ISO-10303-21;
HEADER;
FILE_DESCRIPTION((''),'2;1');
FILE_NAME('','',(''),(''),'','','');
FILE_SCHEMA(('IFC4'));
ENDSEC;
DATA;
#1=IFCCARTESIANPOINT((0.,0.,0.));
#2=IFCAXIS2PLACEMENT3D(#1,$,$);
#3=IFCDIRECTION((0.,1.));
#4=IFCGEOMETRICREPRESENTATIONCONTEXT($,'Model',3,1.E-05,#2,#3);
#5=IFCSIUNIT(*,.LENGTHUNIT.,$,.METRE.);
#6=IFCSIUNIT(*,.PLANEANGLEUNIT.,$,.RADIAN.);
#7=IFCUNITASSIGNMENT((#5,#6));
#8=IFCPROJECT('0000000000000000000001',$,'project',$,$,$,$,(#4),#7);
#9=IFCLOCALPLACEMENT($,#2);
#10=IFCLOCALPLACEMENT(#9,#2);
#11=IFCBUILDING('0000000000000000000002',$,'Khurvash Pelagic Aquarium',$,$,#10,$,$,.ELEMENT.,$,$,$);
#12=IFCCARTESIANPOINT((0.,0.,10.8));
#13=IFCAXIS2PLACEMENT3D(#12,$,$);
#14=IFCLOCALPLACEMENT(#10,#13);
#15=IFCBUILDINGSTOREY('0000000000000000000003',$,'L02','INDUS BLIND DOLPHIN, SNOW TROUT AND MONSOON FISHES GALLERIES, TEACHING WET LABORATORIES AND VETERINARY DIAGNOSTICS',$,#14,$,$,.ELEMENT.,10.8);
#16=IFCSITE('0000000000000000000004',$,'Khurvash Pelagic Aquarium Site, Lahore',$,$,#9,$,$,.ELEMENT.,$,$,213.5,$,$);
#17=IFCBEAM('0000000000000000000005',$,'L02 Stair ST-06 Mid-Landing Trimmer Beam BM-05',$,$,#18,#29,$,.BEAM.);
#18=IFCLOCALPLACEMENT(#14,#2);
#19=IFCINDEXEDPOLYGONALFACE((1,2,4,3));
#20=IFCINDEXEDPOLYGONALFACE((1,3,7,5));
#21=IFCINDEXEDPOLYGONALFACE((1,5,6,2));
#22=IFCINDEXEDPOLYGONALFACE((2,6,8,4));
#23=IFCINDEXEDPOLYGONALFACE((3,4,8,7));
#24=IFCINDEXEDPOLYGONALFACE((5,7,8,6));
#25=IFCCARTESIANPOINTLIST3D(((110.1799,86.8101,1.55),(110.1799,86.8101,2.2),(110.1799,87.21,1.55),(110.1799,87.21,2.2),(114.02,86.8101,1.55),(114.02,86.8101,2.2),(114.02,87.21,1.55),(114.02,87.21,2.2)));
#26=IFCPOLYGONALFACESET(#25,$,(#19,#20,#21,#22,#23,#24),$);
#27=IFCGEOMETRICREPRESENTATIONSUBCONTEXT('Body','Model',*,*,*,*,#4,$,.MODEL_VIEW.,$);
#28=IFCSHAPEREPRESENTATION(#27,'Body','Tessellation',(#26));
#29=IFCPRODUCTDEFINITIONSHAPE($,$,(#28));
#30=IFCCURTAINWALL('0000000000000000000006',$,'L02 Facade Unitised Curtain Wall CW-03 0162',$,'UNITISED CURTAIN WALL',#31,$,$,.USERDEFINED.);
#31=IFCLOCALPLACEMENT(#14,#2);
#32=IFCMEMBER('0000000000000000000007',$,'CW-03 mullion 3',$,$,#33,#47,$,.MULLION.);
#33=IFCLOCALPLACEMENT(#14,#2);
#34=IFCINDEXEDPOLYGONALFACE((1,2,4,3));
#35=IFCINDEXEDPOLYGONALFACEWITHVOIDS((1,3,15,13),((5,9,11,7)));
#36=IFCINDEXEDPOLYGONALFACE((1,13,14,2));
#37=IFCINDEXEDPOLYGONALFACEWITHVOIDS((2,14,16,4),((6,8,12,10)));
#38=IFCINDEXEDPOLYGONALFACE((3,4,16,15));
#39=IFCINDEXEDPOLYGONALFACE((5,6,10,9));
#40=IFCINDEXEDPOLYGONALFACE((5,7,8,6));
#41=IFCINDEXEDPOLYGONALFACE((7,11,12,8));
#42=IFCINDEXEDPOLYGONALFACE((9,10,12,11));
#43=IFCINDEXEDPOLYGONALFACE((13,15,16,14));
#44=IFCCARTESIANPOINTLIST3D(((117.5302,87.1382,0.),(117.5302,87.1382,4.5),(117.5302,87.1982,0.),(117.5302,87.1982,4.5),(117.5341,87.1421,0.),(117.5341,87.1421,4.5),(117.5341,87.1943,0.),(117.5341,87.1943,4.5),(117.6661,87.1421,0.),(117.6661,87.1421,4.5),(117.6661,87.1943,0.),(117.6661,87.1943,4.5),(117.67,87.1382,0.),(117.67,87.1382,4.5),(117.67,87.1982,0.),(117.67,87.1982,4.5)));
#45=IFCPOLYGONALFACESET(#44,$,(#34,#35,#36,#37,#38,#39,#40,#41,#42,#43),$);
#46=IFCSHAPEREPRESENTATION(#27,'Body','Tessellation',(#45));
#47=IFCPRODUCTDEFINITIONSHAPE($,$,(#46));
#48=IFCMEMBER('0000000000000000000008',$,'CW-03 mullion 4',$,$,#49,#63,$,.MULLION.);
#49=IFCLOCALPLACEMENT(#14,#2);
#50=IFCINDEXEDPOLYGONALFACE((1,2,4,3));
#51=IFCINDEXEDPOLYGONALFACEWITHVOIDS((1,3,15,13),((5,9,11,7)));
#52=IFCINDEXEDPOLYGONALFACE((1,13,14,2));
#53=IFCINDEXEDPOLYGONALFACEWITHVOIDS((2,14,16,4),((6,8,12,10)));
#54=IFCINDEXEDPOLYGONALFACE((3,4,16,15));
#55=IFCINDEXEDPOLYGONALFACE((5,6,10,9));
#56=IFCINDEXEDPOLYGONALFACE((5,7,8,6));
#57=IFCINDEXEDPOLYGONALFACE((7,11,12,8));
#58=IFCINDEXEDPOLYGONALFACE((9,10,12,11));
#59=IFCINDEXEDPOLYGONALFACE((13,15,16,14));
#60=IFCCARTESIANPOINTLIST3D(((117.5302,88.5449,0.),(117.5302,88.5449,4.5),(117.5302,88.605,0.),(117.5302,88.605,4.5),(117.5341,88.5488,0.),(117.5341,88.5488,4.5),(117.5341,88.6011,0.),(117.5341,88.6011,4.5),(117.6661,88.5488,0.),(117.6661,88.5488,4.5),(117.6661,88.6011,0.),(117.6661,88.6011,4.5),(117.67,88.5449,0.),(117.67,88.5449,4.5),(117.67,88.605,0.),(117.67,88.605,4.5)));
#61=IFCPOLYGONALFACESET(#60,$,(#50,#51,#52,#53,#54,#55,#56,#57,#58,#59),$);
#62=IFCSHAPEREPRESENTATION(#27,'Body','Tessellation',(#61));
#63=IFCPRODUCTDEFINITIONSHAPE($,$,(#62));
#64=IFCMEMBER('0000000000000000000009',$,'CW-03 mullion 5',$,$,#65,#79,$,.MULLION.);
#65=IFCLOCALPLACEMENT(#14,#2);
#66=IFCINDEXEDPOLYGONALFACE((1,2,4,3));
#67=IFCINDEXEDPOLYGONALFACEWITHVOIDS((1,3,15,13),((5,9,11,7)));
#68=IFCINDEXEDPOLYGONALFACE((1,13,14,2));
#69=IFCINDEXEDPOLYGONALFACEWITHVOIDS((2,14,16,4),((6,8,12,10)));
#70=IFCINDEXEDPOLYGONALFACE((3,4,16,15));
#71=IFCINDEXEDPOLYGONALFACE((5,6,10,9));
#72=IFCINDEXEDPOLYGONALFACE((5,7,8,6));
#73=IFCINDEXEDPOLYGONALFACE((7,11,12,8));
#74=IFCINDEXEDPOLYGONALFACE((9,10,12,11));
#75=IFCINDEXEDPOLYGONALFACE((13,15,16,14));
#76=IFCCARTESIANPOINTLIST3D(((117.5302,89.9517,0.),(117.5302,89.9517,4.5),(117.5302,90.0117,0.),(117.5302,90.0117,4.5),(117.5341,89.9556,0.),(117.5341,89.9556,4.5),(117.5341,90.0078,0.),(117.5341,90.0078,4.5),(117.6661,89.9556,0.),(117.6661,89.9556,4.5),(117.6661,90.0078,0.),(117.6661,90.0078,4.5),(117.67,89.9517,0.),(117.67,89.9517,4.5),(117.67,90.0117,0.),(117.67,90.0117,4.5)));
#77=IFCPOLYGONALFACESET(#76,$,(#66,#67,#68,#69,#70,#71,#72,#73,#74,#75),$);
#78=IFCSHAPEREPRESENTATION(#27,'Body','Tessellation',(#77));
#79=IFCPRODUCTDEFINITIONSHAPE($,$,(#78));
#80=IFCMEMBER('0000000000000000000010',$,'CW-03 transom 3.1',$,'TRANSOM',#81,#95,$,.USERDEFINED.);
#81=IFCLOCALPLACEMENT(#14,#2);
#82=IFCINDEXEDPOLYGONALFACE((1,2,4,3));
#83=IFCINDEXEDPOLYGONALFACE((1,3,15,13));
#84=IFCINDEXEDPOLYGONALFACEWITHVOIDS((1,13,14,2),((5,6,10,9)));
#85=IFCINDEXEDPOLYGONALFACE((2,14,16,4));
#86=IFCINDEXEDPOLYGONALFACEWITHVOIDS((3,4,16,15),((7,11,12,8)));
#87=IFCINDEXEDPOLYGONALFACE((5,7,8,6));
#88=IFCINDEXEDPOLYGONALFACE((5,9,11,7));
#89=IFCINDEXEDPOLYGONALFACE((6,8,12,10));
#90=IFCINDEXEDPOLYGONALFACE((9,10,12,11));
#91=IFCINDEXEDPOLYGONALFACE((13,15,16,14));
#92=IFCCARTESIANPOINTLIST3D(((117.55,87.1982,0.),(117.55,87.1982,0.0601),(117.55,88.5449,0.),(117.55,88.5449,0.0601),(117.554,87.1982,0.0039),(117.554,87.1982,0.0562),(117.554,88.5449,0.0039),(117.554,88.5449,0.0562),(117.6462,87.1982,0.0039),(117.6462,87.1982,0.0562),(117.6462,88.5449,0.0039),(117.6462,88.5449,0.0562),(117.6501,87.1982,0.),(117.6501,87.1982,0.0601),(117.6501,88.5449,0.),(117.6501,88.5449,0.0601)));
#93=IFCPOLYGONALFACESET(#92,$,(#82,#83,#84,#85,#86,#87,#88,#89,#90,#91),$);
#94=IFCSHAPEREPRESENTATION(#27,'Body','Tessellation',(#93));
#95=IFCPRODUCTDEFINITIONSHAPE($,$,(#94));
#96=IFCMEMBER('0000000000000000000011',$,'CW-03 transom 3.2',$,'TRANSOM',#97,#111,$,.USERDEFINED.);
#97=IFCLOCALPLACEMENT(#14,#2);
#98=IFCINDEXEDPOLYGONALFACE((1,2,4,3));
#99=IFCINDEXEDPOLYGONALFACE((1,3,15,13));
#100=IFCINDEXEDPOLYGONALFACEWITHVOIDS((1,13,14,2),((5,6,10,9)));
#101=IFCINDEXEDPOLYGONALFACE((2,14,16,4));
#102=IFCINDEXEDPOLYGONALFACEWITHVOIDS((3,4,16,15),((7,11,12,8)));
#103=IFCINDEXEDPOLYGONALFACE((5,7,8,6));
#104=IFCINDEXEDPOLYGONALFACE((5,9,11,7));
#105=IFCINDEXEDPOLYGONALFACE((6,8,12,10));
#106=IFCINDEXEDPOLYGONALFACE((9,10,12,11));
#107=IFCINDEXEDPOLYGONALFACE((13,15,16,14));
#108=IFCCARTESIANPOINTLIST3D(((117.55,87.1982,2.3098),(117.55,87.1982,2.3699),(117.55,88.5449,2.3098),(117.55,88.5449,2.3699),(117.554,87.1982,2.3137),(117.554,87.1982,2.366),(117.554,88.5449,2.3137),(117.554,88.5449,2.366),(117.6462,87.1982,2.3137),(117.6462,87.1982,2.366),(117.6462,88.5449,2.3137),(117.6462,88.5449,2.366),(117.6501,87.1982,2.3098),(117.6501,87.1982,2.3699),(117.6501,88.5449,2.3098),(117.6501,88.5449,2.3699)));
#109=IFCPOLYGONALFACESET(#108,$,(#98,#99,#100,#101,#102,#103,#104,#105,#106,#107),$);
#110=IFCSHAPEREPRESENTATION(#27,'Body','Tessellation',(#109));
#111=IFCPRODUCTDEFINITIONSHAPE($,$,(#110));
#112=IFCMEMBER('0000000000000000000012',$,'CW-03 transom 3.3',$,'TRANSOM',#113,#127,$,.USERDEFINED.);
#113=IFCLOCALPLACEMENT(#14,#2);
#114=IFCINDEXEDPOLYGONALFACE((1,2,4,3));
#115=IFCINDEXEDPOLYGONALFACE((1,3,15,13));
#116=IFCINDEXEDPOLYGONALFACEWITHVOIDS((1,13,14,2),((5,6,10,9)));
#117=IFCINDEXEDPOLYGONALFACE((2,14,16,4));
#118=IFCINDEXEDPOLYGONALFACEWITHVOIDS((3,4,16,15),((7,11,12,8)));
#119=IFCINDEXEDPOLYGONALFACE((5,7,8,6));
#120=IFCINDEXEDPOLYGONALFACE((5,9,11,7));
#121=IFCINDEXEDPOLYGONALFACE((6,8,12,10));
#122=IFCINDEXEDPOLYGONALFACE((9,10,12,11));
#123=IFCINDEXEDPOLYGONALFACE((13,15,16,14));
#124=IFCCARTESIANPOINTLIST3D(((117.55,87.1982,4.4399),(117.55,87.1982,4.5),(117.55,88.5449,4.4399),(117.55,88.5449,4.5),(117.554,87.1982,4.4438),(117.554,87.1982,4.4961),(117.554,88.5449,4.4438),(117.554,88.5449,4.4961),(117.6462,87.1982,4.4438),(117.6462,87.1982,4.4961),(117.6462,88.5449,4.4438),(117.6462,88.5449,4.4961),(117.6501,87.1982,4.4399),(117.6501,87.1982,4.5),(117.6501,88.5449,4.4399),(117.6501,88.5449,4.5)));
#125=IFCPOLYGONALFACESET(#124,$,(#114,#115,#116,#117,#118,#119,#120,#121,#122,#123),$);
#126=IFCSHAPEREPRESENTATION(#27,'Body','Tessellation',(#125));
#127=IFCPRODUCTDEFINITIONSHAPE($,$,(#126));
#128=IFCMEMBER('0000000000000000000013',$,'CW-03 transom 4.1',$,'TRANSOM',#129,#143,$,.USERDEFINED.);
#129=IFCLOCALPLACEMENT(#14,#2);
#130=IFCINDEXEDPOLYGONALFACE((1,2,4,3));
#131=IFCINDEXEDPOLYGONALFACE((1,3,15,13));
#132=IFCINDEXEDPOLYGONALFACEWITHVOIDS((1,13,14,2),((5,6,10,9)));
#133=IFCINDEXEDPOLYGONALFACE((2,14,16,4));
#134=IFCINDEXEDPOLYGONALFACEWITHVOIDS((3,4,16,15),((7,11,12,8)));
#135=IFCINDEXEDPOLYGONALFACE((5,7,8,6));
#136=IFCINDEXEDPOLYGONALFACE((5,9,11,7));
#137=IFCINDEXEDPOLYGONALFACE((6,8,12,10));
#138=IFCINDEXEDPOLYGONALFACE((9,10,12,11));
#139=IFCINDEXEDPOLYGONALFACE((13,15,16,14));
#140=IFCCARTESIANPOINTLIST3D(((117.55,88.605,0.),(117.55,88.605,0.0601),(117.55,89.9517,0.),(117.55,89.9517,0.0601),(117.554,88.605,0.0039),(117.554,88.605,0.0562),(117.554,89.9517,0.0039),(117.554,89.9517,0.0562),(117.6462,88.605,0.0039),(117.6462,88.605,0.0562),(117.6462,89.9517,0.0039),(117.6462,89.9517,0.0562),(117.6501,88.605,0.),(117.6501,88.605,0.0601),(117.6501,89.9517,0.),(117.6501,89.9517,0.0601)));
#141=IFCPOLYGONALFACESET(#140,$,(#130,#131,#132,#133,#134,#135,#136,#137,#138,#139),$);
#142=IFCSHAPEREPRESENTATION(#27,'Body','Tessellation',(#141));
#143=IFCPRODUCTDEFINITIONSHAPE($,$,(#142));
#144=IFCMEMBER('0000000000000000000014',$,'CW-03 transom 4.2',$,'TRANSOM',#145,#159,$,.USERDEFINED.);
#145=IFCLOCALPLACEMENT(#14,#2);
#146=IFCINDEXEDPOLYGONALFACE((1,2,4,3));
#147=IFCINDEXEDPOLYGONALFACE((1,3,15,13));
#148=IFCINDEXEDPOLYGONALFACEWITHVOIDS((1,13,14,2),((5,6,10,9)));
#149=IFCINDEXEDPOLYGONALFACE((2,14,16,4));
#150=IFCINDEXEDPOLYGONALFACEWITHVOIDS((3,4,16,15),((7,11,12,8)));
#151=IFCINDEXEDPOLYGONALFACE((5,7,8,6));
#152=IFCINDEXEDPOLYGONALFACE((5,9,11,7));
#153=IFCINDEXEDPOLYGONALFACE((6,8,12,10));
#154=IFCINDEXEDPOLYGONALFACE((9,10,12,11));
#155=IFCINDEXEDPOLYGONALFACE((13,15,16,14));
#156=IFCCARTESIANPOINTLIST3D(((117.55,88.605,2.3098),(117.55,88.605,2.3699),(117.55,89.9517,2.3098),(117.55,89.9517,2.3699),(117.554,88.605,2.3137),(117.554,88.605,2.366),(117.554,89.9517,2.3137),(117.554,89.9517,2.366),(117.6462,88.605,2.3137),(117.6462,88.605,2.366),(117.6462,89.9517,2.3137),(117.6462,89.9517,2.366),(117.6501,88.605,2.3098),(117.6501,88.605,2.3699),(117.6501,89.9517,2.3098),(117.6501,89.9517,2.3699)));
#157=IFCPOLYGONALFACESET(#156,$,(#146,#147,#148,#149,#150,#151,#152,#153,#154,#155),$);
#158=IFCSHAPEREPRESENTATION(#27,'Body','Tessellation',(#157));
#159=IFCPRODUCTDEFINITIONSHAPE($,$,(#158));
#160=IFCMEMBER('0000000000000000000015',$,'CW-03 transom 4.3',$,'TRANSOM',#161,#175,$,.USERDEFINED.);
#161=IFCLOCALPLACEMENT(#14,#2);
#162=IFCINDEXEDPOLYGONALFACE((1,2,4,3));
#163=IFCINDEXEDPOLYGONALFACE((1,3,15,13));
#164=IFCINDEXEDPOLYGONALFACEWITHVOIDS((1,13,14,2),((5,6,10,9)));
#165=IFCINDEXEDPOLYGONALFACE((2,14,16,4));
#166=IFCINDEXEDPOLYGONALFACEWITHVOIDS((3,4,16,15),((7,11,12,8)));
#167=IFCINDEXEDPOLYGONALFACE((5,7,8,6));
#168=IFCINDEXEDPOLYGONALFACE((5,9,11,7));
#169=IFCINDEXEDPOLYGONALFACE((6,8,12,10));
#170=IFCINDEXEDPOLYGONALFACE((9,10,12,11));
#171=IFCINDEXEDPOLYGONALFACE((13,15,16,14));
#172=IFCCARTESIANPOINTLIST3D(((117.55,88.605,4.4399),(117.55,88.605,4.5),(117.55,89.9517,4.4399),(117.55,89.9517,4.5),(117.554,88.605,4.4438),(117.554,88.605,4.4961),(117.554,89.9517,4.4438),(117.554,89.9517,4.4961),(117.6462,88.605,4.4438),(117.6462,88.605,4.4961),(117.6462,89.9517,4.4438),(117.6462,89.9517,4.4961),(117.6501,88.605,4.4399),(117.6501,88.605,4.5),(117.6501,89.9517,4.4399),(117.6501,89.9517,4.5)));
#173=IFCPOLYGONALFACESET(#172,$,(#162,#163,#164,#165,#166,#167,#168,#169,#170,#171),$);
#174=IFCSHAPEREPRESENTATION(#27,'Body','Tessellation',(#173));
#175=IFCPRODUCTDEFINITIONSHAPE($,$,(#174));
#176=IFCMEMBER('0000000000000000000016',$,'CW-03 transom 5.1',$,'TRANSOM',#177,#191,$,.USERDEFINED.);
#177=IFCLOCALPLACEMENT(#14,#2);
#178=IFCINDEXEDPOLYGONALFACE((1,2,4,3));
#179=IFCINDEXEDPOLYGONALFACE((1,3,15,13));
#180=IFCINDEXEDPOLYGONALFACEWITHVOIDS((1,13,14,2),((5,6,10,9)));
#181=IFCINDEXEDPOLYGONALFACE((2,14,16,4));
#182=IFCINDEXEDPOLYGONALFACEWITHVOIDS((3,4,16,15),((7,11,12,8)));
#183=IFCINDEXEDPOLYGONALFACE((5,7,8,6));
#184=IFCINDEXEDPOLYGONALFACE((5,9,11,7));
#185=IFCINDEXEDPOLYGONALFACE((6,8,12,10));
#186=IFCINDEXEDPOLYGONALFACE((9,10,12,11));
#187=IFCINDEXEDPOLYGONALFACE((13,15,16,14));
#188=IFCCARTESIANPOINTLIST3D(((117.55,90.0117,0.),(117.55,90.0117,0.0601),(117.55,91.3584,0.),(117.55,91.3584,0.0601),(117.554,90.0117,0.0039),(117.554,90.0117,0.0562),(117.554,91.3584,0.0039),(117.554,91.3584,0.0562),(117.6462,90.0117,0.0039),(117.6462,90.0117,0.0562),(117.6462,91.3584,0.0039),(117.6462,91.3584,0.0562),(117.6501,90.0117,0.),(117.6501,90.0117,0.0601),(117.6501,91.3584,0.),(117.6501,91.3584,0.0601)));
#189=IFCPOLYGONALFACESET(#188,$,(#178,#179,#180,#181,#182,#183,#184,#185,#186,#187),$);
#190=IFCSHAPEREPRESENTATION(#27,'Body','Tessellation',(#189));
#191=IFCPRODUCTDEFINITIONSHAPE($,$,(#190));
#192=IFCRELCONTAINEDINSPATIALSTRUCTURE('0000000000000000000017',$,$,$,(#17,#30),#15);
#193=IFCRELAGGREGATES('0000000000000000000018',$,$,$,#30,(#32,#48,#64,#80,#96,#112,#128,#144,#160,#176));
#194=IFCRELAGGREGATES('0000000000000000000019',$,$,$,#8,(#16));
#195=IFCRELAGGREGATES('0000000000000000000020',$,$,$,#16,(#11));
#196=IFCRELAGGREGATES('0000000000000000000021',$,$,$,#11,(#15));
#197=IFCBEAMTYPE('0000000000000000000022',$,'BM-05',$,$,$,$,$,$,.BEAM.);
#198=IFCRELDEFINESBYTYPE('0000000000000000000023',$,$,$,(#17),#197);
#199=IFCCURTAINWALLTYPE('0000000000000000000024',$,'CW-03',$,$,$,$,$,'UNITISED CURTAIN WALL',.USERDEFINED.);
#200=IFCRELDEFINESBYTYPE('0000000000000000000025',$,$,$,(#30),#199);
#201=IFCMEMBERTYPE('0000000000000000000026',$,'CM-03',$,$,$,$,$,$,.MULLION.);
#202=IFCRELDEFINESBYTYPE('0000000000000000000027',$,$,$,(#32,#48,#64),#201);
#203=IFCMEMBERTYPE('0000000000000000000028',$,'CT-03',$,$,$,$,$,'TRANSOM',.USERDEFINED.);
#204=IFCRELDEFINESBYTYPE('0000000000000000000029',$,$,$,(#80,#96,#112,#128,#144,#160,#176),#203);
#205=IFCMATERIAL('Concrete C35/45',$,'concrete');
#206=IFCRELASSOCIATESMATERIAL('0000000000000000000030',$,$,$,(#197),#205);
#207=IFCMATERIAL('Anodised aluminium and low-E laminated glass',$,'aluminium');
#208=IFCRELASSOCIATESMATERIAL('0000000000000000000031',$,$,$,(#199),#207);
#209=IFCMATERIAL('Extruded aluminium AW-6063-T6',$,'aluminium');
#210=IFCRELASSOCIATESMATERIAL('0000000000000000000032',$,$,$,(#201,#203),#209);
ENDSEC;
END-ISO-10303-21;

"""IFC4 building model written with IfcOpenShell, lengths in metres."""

from ifc_helpers import new_model, si_unit, direction, frame, origin, origin_2d, place, context, subcontext, project, spatial, rectangle, hollow_rectangle, extrude, material, material_profile, profile_set, type_object, element, aggregate, save


model = new_model("IFC4")

# Units and contexts
model_context = context("Model", 3, precision=1e-05, world=origin(), true_north=direction((0.0, 1.0)))
body_context = subcontext(model_context, "Body", "Model", "MODEL_VIEW")
ifc_project = project(units=[si_unit("LENGTHUNIT", "METRE"), si_unit("PLANEANGLEUNIT", "RADIAN")], contexts=[model_context])

# Site, building, storey
site_placement = place(None, origin())
site = spatial("IfcSite", under=ifc_project, at=site_placement, Name="Khurvash Pelagic Aquarium Site, Lahore", CompositionType="ELEMENT", RefElevation=213.5)
building_placement = place(site_placement, origin())
building = spatial("IfcBuilding", under=site, at=building_placement, Name="Khurvash Pelagic Aquarium", CompositionType="ELEMENT")
storey_placement = place(building_placement, frame((0.0, 0.0, 10.8)))
storey = spatial("IfcBuildingStorey", under=building, at=storey_placement, Name="L02", Description="INDUS BLIND DOLPHIN, SNOW TROUT AND MONSOON FISHES GALLERIES, TEACHING WET LABORATORIES AND VETERINARY DIAGNOSTICS", CompositionType="ELEMENT", Elevation=10.8)

# Beam
ifc_material_1 = material(Name="Concrete C35/45", Category="concrete")
ifc_material_profile_1 = material_profile(ifc_material_1, rectangle(XDim=0.3999, YDim=0.6499, at=origin_2d()), Name="RC400X650")
ifc_profile_set_1 = profile_set([ifc_material_profile_1], Name="Concrete C35/45")
beam_type = type_object("IfcBeamType", Name="BM-05", PredefinedType="BEAM", material=ifc_profile_set_1)
beam_placement = place(storey_placement, frame((110.1799, 87.01, 1.875), z_axis=(1.0, 0.0, 0.0), x_axis=(0.0, 1.0, 0.0)))
element("IfcBeam", 1, at=beam_placement, inside=storey, type_object=beam_type, Name="L02 Stair ST-06 Mid-Landing Trimmer Beam BM-05", PredefinedType="BEAM", context=body_context, shape_type="SweptSolid", body=[
    extrude(rectangle(XDim=0.3999, YDim=0.6499, at=origin_2d()), origin(), (0.0, 0.0, 1.0), 3.8401),
])

# Curtain wall, members
ifc_material_2 = material(Name="Anodised aluminium and low-E laminated glass", Category="aluminium")
curtain_wall_type = type_object("IfcCurtainWallType", Name="CW-03", ElementType="UNITISED CURTAIN WALL", PredefinedType="USERDEFINED", material=ifc_material_2)
curtain_wall_placement = place(storey_placement, origin())
curtain_wall = element("IfcCurtainWall", 2, at=curtain_wall_placement, inside=storey, type_object=curtain_wall_type, Name="L02 Facade Unitised Curtain Wall CW-03 0162", ObjectType="UNITISED CURTAIN WALL", PredefinedType="USERDEFINED")
ifc_material_3 = material(Name="Extruded aluminium AW-6063-T6", Category="aluminium")
ifc_material_profile_2 = material_profile(ifc_material_3, hollow_rectangle(XDim=0.0601, YDim=0.1399, WallThickness=0.0039, at=origin_2d()), Name="CWM60X140X4")
ifc_profile_set_2 = profile_set([ifc_material_profile_2], Name="Extruded aluminium AW-6063-T6")
member_type_1 = type_object("IfcMemberType", Name="CM-03", PredefinedType="MULLION", material=ifc_profile_set_2)
member_1_placement = place(storey_placement, frame((117.6001, 87.1682, 0.0), z_axis=(0.0, 0.0, 1.0), x_axis=(0.0, 1.0, 0.0)))
member_1 = element("IfcMember", 3, at=member_1_placement, type_object=member_type_1, Name="CW-03 mullion 3", PredefinedType="MULLION", context=body_context, shape_type="SweptSolid", body=[
    extrude(hollow_rectangle(XDim=0.0601, YDim=0.1399, WallThickness=0.0039, at=origin_2d()), origin(), (0.0, 0.0, 1.0), 4.5),
])
member_2_placement = place(storey_placement, frame((117.6001, 88.575, 0.0), z_axis=(0.0, 0.0, 1.0), x_axis=(0.0, 1.0, 0.0)))
member_2 = element("IfcMember", 4, at=member_2_placement, type_object=member_type_1, Name="CW-03 mullion 4", PredefinedType="MULLION", context=body_context, shape_type="SweptSolid", body=[
    extrude(hollow_rectangle(XDim=0.0601, YDim=0.1399, WallThickness=0.0039, at=origin_2d()), origin(), (0.0, 0.0, 1.0), 4.5),
])
member_3_placement = place(storey_placement, frame((117.6001, 89.9817, 0.0), z_axis=(0.0, 0.0, 1.0), x_axis=(0.0, 1.0, 0.0)))
member_3 = element("IfcMember", 5, at=member_3_placement, type_object=member_type_1, Name="CW-03 mullion 5", PredefinedType="MULLION", context=body_context, shape_type="SweptSolid", body=[
    extrude(hollow_rectangle(XDim=0.0601, YDim=0.1399, WallThickness=0.0039, at=origin_2d()), origin(), (0.0, 0.0, 1.0), 4.5),
])
ifc_material_profile_3 = material_profile(ifc_material_3, hollow_rectangle(XDim=0.1001, YDim=0.0601, WallThickness=0.0039, at=origin_2d()), Name="CWT100X60X4")
ifc_profile_set_3 = profile_set([ifc_material_profile_3], Name="Extruded aluminium AW-6063-T6")
member_type_2 = type_object("IfcMemberType", Name="CT-03", ElementType="TRANSOM", PredefinedType="USERDEFINED", material=ifc_profile_set_3)
member_4_placement = place(storey_placement, frame((117.6001, 87.1982, 0.03), z_axis=(0.0, 1.0, 0.0), x_axis=(-1.0, 0.0, 0.0)))
member_4 = element("IfcMember", 6, at=member_4_placement, type_object=member_type_2, Name="CW-03 transom 3.1", ObjectType="TRANSOM", PredefinedType="USERDEFINED", context=body_context, shape_type="SweptSolid", body=[
    extrude(hollow_rectangle(XDim=0.1001, YDim=0.0601, WallThickness=0.0039, at=origin_2d()), origin(), (0.0, 0.0, 1.0), 1.3467),
])
member_5_placement = place(storey_placement, frame((117.6001, 87.1982, 2.3398), z_axis=(0.0, 1.0, 0.0), x_axis=(-1.0, 0.0, 0.0)))
member_5 = element("IfcMember", 7, at=member_5_placement, type_object=member_type_2, Name="CW-03 transom 3.2", ObjectType="TRANSOM", PredefinedType="USERDEFINED", context=body_context, shape_type="SweptSolid", body=[
    extrude(hollow_rectangle(XDim=0.1001, YDim=0.0601, WallThickness=0.0039, at=origin_2d()), origin(), (0.0, 0.0, 1.0), 1.3467),
])
member_6_placement = place(storey_placement, frame((117.6001, 87.1982, 4.47), z_axis=(0.0, 1.0, 0.0), x_axis=(-1.0, 0.0, 0.0)))
member_6 = element("IfcMember", 8, at=member_6_placement, type_object=member_type_2, Name="CW-03 transom 3.3", ObjectType="TRANSOM", PredefinedType="USERDEFINED", context=body_context, shape_type="SweptSolid", body=[
    extrude(hollow_rectangle(XDim=0.1001, YDim=0.0601, WallThickness=0.0039, at=origin_2d()), origin(), (0.0, 0.0, 1.0), 1.3467),
])
member_7_placement = place(storey_placement, frame((117.6001, 88.605, 0.03), z_axis=(0.0, 1.0, 0.0), x_axis=(-1.0, 0.0, 0.0)))
member_7 = element("IfcMember", 9, at=member_7_placement, type_object=member_type_2, Name="CW-03 transom 4.1", ObjectType="TRANSOM", PredefinedType="USERDEFINED", context=body_context, shape_type="SweptSolid", body=[
    extrude(hollow_rectangle(XDim=0.1001, YDim=0.0601, WallThickness=0.0039, at=origin_2d()), origin(), (0.0, 0.0, 1.0), 1.3467),
])
member_8_placement = place(storey_placement, frame((117.6001, 88.605, 2.3398), z_axis=(0.0, 1.0, 0.0), x_axis=(-1.0, 0.0, 0.0)))
member_8 = element("IfcMember", 10, at=member_8_placement, type_object=member_type_2, Name="CW-03 transom 4.2", ObjectType="TRANSOM", PredefinedType="USERDEFINED", context=body_context, shape_type="SweptSolid", body=[
    extrude(hollow_rectangle(XDim=0.1001, YDim=0.0601, WallThickness=0.0039, at=origin_2d()), origin(), (0.0, 0.0, 1.0), 1.3467),
])
member_9_placement = place(storey_placement, frame((117.6001, 88.605, 4.47), z_axis=(0.0, 1.0, 0.0), x_axis=(-1.0, 0.0, 0.0)))
member_9 = element("IfcMember", 11, at=member_9_placement, type_object=member_type_2, Name="CW-03 transom 4.3", ObjectType="TRANSOM", PredefinedType="USERDEFINED", context=body_context, shape_type="SweptSolid", body=[
    extrude(hollow_rectangle(XDim=0.1001, YDim=0.0601, WallThickness=0.0039, at=origin_2d()), origin(), (0.0, 0.0, 1.0), 1.3467),
])
member_10_placement = place(storey_placement, frame((117.6001, 90.0117, 0.03), z_axis=(0.0, 1.0, 0.0), x_axis=(-1.0, 0.0, 0.0)))
member_10 = element("IfcMember", 12, at=member_10_placement, type_object=member_type_2, Name="CW-03 transom 5.1", ObjectType="TRANSOM", PredefinedType="USERDEFINED", context=body_context, shape_type="SweptSolid", body=[
    extrude(hollow_rectangle(XDim=0.1001, YDim=0.0601, WallThickness=0.0039, at=origin_2d()), origin(), (0.0, 0.0, 1.0), 1.3467),
])
aggregate(curtain_wall, [member_1, member_2, member_3, member_4, member_5, member_6, member_7, member_8, member_9, member_10])

save(model, "model.ifc")
